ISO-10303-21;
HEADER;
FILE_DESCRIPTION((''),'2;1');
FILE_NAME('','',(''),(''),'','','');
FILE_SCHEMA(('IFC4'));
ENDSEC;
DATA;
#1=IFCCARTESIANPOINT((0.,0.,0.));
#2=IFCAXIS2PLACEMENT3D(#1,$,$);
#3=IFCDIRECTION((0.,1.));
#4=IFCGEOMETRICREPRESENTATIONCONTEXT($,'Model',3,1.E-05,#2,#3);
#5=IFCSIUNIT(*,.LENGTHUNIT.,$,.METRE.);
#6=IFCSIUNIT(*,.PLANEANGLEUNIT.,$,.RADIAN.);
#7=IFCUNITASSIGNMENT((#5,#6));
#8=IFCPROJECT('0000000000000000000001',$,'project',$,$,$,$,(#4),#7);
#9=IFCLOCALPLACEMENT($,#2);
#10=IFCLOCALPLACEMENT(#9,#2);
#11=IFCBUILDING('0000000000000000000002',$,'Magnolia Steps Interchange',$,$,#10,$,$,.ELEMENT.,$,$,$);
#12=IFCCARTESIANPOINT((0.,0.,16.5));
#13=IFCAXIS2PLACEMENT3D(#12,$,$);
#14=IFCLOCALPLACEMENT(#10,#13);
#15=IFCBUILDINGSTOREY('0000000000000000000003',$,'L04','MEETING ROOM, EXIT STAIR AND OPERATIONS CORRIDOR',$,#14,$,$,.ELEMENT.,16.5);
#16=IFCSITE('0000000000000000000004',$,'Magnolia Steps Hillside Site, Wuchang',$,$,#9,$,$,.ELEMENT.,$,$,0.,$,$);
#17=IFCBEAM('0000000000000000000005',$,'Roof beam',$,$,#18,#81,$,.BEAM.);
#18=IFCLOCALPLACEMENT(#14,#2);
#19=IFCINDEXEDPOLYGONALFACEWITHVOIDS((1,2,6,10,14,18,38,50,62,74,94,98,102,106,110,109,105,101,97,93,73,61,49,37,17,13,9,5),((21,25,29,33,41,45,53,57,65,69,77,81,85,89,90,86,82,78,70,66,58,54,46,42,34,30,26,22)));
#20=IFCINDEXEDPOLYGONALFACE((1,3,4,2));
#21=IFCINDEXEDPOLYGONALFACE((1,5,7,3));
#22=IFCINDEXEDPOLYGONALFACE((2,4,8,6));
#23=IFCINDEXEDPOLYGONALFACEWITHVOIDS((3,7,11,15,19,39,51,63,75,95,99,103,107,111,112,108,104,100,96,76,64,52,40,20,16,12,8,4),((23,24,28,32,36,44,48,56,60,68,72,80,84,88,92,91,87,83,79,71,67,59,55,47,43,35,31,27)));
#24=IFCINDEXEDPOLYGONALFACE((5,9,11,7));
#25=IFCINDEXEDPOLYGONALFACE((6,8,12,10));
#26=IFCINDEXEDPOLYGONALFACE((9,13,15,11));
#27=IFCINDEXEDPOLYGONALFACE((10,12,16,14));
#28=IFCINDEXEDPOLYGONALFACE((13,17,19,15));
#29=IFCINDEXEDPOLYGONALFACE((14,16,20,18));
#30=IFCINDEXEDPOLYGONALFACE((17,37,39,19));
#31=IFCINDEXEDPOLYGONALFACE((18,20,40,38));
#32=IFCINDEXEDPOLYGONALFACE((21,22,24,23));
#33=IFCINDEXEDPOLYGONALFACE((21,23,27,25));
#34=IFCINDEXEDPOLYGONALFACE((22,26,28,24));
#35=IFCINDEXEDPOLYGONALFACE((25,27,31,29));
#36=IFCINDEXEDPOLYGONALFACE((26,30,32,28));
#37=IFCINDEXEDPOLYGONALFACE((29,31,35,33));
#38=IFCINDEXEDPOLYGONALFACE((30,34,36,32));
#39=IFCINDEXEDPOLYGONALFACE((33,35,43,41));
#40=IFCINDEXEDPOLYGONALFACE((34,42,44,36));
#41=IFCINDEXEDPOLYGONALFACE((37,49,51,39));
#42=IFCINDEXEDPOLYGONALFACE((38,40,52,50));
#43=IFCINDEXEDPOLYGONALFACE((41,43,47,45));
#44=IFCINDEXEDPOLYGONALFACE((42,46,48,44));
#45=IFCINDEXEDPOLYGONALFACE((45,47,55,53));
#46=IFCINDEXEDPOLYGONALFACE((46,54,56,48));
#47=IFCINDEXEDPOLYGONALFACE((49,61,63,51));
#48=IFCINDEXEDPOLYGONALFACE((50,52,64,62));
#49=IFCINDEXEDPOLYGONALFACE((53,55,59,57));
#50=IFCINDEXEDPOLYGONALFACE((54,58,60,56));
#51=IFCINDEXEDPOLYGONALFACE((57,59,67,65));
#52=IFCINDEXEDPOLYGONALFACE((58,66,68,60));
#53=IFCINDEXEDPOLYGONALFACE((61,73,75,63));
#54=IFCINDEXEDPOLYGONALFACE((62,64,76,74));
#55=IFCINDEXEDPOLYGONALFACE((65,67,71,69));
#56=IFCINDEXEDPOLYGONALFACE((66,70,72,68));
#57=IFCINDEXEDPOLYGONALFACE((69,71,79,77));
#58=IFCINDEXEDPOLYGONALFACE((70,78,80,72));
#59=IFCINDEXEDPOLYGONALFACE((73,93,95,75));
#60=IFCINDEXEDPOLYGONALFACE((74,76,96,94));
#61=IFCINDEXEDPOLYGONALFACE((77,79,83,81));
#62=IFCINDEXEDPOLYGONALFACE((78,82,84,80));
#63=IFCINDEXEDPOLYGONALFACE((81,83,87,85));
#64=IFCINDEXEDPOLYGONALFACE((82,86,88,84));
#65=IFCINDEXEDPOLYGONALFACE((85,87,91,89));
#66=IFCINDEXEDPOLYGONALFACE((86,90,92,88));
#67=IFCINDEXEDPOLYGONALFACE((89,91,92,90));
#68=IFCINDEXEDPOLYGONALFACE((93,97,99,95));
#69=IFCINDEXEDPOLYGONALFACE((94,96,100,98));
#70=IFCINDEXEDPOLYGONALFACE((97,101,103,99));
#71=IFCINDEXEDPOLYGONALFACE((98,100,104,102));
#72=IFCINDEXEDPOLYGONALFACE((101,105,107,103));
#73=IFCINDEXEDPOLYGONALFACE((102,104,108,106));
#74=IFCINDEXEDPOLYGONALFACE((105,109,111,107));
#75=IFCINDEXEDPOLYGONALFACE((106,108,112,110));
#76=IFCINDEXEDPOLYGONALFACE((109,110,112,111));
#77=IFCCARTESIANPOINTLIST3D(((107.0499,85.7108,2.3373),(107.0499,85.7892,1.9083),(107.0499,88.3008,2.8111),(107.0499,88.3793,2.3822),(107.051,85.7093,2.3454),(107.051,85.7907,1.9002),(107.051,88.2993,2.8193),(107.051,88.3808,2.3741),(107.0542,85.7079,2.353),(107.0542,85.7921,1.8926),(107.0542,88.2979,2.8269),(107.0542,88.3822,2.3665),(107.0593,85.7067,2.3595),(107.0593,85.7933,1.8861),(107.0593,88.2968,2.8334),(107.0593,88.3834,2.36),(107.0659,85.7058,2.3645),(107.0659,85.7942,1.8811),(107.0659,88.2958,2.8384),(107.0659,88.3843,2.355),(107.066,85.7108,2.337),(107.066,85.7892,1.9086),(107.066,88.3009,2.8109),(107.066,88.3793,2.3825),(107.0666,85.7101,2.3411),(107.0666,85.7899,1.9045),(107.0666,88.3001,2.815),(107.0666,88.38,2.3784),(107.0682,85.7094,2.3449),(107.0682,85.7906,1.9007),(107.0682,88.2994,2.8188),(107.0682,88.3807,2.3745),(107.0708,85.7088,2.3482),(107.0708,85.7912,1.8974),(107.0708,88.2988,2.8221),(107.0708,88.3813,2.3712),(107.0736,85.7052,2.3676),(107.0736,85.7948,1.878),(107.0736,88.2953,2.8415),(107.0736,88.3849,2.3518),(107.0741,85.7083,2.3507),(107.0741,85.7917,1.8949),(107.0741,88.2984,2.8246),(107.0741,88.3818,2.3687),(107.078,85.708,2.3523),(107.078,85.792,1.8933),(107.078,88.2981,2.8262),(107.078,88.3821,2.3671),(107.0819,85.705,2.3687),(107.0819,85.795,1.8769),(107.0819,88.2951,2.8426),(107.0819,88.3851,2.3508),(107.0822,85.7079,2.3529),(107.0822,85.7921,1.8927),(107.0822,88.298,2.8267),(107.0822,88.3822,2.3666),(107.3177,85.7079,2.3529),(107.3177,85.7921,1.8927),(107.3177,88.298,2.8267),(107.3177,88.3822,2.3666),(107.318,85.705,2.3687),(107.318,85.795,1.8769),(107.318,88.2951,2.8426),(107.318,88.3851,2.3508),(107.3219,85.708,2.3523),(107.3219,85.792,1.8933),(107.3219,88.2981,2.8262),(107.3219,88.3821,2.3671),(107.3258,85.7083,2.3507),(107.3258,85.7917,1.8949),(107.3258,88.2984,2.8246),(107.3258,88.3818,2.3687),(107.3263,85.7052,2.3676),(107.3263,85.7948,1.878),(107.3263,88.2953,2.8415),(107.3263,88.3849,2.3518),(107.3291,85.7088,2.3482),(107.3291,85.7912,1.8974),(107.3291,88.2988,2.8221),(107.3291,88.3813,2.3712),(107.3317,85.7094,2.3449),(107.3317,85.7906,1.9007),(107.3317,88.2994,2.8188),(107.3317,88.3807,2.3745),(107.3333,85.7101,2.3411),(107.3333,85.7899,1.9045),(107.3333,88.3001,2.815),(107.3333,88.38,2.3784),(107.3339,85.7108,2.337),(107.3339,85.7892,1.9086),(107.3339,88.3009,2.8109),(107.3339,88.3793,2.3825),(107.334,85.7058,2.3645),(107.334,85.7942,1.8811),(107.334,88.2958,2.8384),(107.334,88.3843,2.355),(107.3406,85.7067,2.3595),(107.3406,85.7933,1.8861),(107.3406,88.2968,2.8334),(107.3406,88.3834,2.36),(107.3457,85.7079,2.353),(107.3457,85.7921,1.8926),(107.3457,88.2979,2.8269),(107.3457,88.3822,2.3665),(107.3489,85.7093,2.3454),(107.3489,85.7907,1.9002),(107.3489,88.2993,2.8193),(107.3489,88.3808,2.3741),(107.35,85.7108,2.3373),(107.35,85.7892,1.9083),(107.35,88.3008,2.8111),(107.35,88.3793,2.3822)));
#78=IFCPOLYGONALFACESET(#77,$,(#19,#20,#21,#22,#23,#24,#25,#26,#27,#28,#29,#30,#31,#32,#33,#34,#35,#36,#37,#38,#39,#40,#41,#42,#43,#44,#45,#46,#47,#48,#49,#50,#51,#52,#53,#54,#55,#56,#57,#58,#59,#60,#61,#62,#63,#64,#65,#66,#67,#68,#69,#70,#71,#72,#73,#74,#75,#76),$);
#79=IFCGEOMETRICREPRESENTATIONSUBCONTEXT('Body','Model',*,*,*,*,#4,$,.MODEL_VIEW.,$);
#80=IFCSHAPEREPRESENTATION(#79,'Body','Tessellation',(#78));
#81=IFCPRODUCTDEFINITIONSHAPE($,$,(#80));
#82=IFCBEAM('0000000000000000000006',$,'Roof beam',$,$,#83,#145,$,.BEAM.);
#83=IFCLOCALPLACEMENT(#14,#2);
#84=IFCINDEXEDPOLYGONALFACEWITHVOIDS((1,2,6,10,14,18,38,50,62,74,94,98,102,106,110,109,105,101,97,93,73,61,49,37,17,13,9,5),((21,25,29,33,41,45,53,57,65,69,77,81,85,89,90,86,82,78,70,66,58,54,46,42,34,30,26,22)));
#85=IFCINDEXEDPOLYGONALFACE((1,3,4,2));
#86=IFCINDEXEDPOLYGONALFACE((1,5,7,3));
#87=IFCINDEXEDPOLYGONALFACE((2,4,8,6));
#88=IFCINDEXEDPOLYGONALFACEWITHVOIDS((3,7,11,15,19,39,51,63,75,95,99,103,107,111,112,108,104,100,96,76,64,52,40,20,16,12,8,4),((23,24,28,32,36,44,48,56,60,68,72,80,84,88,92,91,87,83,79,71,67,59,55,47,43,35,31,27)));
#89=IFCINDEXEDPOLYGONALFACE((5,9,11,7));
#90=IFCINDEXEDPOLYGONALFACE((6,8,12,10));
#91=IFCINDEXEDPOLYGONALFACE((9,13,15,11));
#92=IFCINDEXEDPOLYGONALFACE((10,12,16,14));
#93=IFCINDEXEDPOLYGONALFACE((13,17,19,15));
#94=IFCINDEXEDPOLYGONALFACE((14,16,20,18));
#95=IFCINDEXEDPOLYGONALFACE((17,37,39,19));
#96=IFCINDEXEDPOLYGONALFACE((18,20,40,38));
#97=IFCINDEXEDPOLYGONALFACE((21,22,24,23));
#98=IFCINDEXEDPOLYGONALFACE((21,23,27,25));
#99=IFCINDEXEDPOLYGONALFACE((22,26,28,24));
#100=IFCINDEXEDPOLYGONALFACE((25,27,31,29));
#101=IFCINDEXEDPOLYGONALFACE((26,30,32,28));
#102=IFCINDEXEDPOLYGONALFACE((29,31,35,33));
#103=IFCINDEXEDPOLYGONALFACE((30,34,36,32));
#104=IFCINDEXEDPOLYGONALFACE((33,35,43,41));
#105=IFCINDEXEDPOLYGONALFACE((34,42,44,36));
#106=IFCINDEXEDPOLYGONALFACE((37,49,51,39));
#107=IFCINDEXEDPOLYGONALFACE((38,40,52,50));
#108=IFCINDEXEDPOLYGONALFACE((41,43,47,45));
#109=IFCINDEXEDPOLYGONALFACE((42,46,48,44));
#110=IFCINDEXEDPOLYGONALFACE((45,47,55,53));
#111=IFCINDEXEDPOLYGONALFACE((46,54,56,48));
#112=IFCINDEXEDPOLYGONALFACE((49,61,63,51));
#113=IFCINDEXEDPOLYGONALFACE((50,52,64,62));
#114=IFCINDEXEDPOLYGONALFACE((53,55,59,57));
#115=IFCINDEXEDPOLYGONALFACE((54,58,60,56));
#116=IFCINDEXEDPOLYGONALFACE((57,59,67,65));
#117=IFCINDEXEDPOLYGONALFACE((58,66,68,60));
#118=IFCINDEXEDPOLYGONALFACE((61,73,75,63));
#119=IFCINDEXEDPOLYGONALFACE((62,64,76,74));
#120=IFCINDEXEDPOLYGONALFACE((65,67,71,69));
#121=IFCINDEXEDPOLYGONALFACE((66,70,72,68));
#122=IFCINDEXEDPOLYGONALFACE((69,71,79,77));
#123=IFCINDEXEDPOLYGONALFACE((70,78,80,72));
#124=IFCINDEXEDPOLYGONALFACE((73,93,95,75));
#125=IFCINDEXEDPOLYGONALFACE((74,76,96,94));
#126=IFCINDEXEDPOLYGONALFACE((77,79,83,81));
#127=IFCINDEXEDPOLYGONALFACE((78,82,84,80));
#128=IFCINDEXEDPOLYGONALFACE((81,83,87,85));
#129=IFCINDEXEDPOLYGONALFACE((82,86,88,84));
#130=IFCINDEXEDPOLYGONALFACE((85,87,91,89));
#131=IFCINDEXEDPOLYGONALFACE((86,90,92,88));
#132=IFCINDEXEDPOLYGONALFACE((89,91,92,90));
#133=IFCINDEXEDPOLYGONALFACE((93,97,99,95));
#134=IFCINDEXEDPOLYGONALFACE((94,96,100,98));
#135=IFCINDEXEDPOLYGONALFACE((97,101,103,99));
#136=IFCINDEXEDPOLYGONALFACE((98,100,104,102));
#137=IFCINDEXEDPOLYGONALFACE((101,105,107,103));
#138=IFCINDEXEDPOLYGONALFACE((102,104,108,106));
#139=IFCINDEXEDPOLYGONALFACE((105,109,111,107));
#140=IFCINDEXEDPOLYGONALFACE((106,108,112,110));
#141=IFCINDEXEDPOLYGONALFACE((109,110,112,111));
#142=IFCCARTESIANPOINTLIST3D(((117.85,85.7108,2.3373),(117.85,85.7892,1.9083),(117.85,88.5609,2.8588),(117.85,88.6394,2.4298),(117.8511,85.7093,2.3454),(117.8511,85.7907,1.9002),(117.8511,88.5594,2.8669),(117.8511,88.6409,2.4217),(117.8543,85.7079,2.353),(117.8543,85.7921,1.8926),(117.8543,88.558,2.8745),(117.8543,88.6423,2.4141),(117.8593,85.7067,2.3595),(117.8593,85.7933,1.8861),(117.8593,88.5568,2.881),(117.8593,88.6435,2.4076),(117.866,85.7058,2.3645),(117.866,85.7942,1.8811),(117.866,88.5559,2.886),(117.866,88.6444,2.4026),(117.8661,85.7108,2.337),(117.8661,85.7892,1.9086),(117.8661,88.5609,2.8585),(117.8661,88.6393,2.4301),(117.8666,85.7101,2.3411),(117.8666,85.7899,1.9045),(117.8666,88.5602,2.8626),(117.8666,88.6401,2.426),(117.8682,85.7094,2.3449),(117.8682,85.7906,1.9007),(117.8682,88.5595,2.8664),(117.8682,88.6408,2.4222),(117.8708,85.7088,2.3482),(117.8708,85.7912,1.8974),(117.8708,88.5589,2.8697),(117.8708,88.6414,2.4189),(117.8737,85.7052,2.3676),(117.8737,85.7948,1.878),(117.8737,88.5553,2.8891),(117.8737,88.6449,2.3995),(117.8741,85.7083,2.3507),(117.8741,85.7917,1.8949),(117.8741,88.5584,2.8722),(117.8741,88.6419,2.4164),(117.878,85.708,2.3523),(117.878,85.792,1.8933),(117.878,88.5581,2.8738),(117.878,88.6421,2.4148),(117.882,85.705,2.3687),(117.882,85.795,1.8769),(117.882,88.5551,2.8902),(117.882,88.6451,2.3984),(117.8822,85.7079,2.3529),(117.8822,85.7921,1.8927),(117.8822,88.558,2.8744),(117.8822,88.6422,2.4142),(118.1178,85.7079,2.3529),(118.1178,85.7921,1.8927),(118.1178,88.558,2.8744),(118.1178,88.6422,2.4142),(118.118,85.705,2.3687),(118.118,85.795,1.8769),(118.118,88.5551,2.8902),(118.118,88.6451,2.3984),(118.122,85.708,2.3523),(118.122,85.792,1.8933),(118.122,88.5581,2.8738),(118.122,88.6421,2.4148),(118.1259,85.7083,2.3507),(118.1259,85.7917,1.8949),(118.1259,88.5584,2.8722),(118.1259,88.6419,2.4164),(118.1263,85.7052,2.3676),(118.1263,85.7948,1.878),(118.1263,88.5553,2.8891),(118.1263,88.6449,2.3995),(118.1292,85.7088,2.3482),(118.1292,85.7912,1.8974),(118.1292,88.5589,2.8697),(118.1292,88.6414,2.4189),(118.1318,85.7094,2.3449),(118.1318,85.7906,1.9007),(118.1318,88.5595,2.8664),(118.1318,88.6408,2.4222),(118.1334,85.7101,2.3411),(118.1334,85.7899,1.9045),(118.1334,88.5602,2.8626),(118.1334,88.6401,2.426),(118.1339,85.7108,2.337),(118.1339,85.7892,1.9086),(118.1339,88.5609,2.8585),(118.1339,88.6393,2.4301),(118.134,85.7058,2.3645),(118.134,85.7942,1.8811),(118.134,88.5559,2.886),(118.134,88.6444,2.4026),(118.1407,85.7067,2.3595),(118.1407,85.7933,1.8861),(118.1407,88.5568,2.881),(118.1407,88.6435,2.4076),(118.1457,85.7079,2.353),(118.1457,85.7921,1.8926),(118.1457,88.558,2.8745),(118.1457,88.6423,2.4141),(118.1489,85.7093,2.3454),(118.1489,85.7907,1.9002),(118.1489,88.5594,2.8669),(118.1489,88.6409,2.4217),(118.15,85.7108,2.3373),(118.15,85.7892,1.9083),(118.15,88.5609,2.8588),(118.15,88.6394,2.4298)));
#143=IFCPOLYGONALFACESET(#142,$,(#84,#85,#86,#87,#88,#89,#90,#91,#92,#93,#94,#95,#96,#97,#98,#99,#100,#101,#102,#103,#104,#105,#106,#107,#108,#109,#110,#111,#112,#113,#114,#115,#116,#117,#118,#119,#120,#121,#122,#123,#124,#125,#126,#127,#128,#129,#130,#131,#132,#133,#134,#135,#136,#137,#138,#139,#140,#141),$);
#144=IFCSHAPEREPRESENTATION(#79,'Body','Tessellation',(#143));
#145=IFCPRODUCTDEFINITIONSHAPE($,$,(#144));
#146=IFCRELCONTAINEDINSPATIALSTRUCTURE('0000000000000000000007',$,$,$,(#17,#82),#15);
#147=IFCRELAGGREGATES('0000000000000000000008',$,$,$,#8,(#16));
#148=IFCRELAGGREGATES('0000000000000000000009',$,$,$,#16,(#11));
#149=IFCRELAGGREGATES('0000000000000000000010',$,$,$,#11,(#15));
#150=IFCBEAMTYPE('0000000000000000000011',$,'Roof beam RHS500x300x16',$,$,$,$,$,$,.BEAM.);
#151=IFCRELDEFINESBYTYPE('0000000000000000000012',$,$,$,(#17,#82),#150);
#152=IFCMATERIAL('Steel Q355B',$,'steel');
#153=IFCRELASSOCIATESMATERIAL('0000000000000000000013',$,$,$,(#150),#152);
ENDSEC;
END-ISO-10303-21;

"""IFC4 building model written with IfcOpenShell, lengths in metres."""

from ifc_helpers import new_model, si_unit, direction, frame, origin, origin_2d, place, context, subcontext, project, spatial, hollow_rectangle, extrude, material, material_profile, profile_set, type_object, element, save


model = new_model("IFC4")

# Units and contexts
model_context = context("Model", 3, precision=1e-05, world=origin(), true_north=direction((0.0, 1.0)))
body_context = subcontext(model_context, "Body", "Model", "MODEL_VIEW")
ifc_project = project(units=[si_unit("LENGTHUNIT", "METRE"), si_unit("PLANEANGLEUNIT", "RADIAN")], contexts=[model_context])

# Site, building, storey
site_placement = place(None, origin())
site = spatial("IfcSite", under=ifc_project, at=site_placement, Name="Magnolia Steps Hillside Site, Wuchang", CompositionType="ELEMENT", RefElevation=0.0)
building_placement = place(site_placement, origin())
building = spatial("IfcBuilding", under=site, at=building_placement, Name="Magnolia Steps Interchange", CompositionType="ELEMENT")
storey_placement = place(building_placement, frame((0.0, 0.0, 16.5)))
storey = spatial("IfcBuildingStorey", under=building, at=storey_placement, Name="L04", Description="MEETING ROOM, EXIT STAIR AND OPERATIONS CORRIDOR", CompositionType="ELEMENT", Elevation=16.5)

# Beams
ifc_material_1 = material(Name="Steel Q355B", Category="steel")
ifc_material_profile_1 = material_profile(ifc_material_1, hollow_rectangle(XDim=0.3, YDim=0.5, WallThickness=0.0161, InnerFilletRadius=0.0161, OuterFilletRadius=0.032, at=origin_2d()), Name="RHS500x300x16")
ifc_profile_set_1 = profile_set([ifc_material_profile_1], Name="Steel Q355B")
beam_type_1 = type_object("IfcBeamType", Name="Roof beam RHS500x300x16", PredefinedType="BEAM", material=ifc_profile_set_1)
beam_1_placement = place(storey_placement, frame((107.2, 85.75, 2.1228), z_axis=(0.0, 0.983672, 0.179971), x_axis=(-1.0, 0.0, 0.0)))
element("IfcBeam", 1, at=beam_1_placement, inside=storey, type_object=beam_type_1, Name="Roof beam", PredefinedType="BEAM", context=body_context, shape_type="SweptSolid", body=[
    extrude(hollow_rectangle(XDim=0.3, YDim=0.5, WallThickness=0.0161, InnerFilletRadius=0.0161, OuterFilletRadius=0.032, at=origin_2d()), origin(), (0.0, 0.0, 1.0), 2.6331),
])
beam_2_placement = place(storey_placement, frame((118.0, 85.75, 2.1228), z_axis=(0.0, 0.98367, 0.179983), x_axis=(-1.0, 0.0, 0.0)))
element("IfcBeam", 2, at=beam_2_placement, inside=storey, type_object=beam_type_1, Name="Roof beam", PredefinedType="BEAM", context=body_context, shape_type="SweptSolid", body=[
    extrude(hollow_rectangle(XDim=0.3, YDim=0.5, WallThickness=0.0161, InnerFilletRadius=0.0161, OuterFilletRadius=0.032, at=origin_2d()), origin(), (0.0, 0.0, 1.0), 2.8975),
])

save(model, "model.ifc")
